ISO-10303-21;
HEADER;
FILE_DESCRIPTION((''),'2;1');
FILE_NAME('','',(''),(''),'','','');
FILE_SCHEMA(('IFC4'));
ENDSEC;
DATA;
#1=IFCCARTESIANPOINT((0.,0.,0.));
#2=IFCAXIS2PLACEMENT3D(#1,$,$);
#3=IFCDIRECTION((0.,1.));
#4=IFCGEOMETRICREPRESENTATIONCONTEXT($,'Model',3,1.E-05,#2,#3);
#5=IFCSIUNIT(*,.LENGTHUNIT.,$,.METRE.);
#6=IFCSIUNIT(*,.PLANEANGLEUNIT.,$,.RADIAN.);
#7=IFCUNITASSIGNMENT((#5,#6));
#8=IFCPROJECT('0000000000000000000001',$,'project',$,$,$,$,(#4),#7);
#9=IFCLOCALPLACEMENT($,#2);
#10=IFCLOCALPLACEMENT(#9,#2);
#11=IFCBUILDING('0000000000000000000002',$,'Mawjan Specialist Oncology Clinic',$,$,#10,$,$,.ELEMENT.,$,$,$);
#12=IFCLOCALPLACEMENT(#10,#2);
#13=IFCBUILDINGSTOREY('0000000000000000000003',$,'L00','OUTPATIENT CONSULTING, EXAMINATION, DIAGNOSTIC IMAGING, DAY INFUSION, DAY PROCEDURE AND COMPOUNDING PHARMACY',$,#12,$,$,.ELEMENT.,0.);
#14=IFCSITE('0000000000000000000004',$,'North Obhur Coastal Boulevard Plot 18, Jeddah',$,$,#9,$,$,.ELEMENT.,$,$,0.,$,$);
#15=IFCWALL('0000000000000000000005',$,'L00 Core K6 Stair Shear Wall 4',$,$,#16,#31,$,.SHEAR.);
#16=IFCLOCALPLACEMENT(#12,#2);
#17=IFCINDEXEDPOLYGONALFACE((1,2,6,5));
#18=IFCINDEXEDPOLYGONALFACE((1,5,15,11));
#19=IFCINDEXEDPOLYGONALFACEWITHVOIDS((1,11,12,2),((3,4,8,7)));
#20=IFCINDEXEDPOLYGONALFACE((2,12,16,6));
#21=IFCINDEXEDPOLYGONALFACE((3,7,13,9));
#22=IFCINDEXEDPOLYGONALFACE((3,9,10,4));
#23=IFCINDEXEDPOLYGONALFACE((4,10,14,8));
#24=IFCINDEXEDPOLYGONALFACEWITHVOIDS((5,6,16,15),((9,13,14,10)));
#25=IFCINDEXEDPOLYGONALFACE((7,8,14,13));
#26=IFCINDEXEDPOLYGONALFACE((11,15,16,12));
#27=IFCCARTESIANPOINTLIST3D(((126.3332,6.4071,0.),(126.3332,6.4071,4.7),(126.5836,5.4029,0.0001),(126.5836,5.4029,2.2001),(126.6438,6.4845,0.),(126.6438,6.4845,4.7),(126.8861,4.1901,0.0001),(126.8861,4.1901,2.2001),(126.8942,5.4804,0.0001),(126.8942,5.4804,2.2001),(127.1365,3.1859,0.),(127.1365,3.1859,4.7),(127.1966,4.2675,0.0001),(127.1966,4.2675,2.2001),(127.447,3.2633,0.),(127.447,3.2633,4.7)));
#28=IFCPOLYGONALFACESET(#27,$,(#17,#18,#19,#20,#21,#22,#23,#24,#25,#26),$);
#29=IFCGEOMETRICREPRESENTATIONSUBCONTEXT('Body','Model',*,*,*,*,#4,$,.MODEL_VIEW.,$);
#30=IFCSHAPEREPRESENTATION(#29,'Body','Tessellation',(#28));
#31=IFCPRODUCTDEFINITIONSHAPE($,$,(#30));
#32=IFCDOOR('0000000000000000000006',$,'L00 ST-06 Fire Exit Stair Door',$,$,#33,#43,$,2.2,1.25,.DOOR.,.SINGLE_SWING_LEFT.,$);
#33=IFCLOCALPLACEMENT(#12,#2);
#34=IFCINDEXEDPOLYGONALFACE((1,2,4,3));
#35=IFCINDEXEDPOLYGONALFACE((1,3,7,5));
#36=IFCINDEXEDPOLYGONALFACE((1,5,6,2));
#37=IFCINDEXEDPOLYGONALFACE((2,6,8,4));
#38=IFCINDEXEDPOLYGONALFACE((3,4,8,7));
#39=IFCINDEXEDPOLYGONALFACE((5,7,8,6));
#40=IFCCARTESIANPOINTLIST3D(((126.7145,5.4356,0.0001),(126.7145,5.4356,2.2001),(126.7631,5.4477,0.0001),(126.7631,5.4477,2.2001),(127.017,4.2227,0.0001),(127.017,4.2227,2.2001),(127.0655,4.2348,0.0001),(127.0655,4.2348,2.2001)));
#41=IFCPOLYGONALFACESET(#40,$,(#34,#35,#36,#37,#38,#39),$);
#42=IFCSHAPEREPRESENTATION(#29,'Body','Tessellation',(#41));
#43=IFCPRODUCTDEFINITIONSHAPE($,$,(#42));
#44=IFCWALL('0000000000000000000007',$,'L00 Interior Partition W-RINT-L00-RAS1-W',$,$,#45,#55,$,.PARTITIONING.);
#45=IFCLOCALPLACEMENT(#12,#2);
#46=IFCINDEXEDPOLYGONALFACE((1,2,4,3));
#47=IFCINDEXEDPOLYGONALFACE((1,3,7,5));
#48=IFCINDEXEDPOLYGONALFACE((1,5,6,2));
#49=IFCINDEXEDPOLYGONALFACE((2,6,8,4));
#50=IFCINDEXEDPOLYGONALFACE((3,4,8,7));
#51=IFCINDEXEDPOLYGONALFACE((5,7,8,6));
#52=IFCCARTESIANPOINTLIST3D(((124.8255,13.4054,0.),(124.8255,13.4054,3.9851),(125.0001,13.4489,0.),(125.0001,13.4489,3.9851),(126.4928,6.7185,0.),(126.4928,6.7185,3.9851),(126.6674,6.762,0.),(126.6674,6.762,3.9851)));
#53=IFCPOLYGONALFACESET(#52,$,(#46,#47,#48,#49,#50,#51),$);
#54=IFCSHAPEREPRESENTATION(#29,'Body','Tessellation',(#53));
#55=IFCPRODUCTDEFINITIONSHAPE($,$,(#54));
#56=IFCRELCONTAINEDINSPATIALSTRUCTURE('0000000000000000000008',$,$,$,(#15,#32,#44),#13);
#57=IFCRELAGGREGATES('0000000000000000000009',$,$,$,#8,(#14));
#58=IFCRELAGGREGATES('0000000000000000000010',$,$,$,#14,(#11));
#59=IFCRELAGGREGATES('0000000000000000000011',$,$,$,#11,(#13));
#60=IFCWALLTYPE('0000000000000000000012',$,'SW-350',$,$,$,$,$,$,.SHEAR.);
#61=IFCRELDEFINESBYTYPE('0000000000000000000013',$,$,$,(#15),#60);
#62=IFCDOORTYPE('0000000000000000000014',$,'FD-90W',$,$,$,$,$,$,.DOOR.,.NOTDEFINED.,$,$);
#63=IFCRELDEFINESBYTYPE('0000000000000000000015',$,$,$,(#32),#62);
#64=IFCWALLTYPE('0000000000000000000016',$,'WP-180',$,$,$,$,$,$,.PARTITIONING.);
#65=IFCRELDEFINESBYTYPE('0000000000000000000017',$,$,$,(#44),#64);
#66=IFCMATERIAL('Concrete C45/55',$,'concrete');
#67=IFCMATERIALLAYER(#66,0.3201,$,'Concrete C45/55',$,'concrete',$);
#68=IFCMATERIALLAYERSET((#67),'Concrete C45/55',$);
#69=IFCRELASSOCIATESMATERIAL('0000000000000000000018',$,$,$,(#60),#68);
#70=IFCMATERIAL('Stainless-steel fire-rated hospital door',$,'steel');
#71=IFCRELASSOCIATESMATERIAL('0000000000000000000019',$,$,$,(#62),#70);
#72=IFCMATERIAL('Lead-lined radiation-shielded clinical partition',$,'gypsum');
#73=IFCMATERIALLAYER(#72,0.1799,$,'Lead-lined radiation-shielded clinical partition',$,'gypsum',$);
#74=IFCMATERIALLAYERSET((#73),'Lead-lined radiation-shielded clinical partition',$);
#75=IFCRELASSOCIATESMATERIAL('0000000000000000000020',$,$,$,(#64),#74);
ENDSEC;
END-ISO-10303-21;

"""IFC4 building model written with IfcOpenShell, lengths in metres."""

from ifc_helpers import new_model, si_unit, direction, frame, frame_2d, origin, place, context, subcontext, project, spatial, rectangle, extrude, material, layer, layer_set, type_object, element, fill, save


model = new_model("IFC4")

# Units and contexts
model_context = context("Model", 3, precision=1e-05, world=origin(), true_north=direction((0.0, 1.0)))
body_context = subcontext(model_context, "Body", "Model", "MODEL_VIEW")
ifc_project = project(units=[si_unit("LENGTHUNIT", "METRE"), si_unit("PLANEANGLEUNIT", "RADIAN")], contexts=[model_context])

# Site, building, storey
site_placement = place(None, origin())
site = spatial("IfcSite", under=ifc_project, at=site_placement, Name="North Obhur Coastal Boulevard Plot 18, Jeddah", CompositionType="ELEMENT", RefElevation=0.0)
building_placement = place(site_placement, origin())
building = spatial("IfcBuilding", under=site, at=building_placement, Name="Mawjan Specialist Oncology Clinic", CompositionType="ELEMENT")
storey_placement = place(building_placement, origin())
storey = spatial("IfcBuildingStorey", under=building, at=storey_placement, Name="L00", Description="OUTPATIENT CONSULTING, EXAMINATION, DIAGNOSTIC IMAGING, DAY INFUSION, DAY PROCEDURE AND COMPOUNDING PHARMACY", CompositionType="ELEMENT", Elevation=0.0)

# Shared definitions
ifc_material_1 = material(Name="Concrete C45/55", Category="concrete")
ifc_layer_1 = layer(ifc_material_1, 0.3201, Name="Concrete C45/55", Category="concrete")
ifc_layer_set_1 = layer_set([ifc_layer_1], Name="Concrete C45/55")
wall_type_1 = type_object("IfcWallType", Name="SW-350", PredefinedType="SHEAR", material=ifc_layer_set_1)

# Wall, opening, door
wall_1_placement = place(storey_placement, frame((126.4885, 6.4458, 0.0), z_axis=(0.0, 0.0, 1.0), x_axis=(0.241947, -0.970289, 0.0)))
wall_1 = element("IfcWall", 1, at=wall_1_placement, inside=storey, type_object=wall_type_1, Name="L00 Core K6 Stair Shear Wall 4", PredefinedType="SHEAR", context=body_context, shape_type="SweptSolid", body=[
    extrude(rectangle(XDim=3.3198, YDim=0.3201, at=frame_2d((1.6599, 0.0))), origin(), (0.0, 0.0, 1.0), 4.7),
])
opening_1_placement = place(wall_1_placement, frame((1.0349, 0.0, 0.0)))
opening_1 = element("IfcOpeningElement", 2, at=opening_1_placement, cuts=wall_1, PredefinedType="OPENING", context=body_context, shape_type="SweptSolid", body=[
    extrude(rectangle(XDim=1.25, YDim=2.2, at=frame_2d((0.625, 1.1001))), frame((0.0, 0.1721, 0.0), z_axis=(0.0, -1.0, 0.0), x_axis=(1.0, 0.0, 0.0)), (0.0, 0.0, 1.0), 0.344),
])
ifc_material_2 = material(Name="Stainless-steel fire-rated hospital door", Category="steel")
door_type_1 = type_object("IfcDoorType", Name="FD-90W", OperationType="NOTDEFINED", PredefinedType="DOOR", material=ifc_material_2)
door_1_placement = place(opening_1_placement, origin())
door_1 = element("IfcDoor", 3, at=door_1_placement, inside=storey, type_object=door_type_1, Name="L00 ST-06 Fire Exit Stair Door", OperationType="SINGLE_SWING_LEFT", OverallHeight=2.2, OverallWidth=1.25, PredefinedType="DOOR", context=body_context, shape_type="SweptSolid", body=[
    extrude(rectangle(XDim=1.25, YDim=2.2, at=frame_2d((0.625, 1.1001))), frame((0.0, 0.0249, 0.0), z_axis=(0.0, -1.0, 0.0), x_axis=(1.0, 0.0, 0.0)), (0.0, 0.0, 1.0), 0.05),
])
fill(opening_1, door_1)

# Wall
ifc_material_3 = material(Name="Lead-lined radiation-shielded clinical partition", Category="gypsum")
ifc_layer_2 = layer(ifc_material_3, 0.1799, Name="Lead-lined radiation-shielded clinical partition", Category="gypsum")
ifc_layer_set_2 = layer_set([ifc_layer_2], Name="Lead-lined radiation-shielded clinical partition")
wall_type_2 = type_object("IfcWallType", Name="WP-180", PredefinedType="PARTITIONING", material=ifc_layer_set_2)
wall_2_placement = place(storey_placement, frame((126.5801, 6.7402, 0.0), z_axis=(0.0, 0.0, 1.0), x_axis=(-0.241927, 0.970294, 0.0)))
element("IfcWall", 4, at=wall_2_placement, inside=storey, type_object=wall_type_2, Name="L00 Interior Partition W-RINT-L00-RAS1-W", PredefinedType="PARTITIONING", context=body_context, shape_type="SweptSolid", body=[
    extrude(rectangle(XDim=6.8916, YDim=0.1799, at=frame_2d((3.4458, 0.0))), origin(), (0.0, 0.0, 1.0), 3.9851),
])

save(model, "model.ifc")
